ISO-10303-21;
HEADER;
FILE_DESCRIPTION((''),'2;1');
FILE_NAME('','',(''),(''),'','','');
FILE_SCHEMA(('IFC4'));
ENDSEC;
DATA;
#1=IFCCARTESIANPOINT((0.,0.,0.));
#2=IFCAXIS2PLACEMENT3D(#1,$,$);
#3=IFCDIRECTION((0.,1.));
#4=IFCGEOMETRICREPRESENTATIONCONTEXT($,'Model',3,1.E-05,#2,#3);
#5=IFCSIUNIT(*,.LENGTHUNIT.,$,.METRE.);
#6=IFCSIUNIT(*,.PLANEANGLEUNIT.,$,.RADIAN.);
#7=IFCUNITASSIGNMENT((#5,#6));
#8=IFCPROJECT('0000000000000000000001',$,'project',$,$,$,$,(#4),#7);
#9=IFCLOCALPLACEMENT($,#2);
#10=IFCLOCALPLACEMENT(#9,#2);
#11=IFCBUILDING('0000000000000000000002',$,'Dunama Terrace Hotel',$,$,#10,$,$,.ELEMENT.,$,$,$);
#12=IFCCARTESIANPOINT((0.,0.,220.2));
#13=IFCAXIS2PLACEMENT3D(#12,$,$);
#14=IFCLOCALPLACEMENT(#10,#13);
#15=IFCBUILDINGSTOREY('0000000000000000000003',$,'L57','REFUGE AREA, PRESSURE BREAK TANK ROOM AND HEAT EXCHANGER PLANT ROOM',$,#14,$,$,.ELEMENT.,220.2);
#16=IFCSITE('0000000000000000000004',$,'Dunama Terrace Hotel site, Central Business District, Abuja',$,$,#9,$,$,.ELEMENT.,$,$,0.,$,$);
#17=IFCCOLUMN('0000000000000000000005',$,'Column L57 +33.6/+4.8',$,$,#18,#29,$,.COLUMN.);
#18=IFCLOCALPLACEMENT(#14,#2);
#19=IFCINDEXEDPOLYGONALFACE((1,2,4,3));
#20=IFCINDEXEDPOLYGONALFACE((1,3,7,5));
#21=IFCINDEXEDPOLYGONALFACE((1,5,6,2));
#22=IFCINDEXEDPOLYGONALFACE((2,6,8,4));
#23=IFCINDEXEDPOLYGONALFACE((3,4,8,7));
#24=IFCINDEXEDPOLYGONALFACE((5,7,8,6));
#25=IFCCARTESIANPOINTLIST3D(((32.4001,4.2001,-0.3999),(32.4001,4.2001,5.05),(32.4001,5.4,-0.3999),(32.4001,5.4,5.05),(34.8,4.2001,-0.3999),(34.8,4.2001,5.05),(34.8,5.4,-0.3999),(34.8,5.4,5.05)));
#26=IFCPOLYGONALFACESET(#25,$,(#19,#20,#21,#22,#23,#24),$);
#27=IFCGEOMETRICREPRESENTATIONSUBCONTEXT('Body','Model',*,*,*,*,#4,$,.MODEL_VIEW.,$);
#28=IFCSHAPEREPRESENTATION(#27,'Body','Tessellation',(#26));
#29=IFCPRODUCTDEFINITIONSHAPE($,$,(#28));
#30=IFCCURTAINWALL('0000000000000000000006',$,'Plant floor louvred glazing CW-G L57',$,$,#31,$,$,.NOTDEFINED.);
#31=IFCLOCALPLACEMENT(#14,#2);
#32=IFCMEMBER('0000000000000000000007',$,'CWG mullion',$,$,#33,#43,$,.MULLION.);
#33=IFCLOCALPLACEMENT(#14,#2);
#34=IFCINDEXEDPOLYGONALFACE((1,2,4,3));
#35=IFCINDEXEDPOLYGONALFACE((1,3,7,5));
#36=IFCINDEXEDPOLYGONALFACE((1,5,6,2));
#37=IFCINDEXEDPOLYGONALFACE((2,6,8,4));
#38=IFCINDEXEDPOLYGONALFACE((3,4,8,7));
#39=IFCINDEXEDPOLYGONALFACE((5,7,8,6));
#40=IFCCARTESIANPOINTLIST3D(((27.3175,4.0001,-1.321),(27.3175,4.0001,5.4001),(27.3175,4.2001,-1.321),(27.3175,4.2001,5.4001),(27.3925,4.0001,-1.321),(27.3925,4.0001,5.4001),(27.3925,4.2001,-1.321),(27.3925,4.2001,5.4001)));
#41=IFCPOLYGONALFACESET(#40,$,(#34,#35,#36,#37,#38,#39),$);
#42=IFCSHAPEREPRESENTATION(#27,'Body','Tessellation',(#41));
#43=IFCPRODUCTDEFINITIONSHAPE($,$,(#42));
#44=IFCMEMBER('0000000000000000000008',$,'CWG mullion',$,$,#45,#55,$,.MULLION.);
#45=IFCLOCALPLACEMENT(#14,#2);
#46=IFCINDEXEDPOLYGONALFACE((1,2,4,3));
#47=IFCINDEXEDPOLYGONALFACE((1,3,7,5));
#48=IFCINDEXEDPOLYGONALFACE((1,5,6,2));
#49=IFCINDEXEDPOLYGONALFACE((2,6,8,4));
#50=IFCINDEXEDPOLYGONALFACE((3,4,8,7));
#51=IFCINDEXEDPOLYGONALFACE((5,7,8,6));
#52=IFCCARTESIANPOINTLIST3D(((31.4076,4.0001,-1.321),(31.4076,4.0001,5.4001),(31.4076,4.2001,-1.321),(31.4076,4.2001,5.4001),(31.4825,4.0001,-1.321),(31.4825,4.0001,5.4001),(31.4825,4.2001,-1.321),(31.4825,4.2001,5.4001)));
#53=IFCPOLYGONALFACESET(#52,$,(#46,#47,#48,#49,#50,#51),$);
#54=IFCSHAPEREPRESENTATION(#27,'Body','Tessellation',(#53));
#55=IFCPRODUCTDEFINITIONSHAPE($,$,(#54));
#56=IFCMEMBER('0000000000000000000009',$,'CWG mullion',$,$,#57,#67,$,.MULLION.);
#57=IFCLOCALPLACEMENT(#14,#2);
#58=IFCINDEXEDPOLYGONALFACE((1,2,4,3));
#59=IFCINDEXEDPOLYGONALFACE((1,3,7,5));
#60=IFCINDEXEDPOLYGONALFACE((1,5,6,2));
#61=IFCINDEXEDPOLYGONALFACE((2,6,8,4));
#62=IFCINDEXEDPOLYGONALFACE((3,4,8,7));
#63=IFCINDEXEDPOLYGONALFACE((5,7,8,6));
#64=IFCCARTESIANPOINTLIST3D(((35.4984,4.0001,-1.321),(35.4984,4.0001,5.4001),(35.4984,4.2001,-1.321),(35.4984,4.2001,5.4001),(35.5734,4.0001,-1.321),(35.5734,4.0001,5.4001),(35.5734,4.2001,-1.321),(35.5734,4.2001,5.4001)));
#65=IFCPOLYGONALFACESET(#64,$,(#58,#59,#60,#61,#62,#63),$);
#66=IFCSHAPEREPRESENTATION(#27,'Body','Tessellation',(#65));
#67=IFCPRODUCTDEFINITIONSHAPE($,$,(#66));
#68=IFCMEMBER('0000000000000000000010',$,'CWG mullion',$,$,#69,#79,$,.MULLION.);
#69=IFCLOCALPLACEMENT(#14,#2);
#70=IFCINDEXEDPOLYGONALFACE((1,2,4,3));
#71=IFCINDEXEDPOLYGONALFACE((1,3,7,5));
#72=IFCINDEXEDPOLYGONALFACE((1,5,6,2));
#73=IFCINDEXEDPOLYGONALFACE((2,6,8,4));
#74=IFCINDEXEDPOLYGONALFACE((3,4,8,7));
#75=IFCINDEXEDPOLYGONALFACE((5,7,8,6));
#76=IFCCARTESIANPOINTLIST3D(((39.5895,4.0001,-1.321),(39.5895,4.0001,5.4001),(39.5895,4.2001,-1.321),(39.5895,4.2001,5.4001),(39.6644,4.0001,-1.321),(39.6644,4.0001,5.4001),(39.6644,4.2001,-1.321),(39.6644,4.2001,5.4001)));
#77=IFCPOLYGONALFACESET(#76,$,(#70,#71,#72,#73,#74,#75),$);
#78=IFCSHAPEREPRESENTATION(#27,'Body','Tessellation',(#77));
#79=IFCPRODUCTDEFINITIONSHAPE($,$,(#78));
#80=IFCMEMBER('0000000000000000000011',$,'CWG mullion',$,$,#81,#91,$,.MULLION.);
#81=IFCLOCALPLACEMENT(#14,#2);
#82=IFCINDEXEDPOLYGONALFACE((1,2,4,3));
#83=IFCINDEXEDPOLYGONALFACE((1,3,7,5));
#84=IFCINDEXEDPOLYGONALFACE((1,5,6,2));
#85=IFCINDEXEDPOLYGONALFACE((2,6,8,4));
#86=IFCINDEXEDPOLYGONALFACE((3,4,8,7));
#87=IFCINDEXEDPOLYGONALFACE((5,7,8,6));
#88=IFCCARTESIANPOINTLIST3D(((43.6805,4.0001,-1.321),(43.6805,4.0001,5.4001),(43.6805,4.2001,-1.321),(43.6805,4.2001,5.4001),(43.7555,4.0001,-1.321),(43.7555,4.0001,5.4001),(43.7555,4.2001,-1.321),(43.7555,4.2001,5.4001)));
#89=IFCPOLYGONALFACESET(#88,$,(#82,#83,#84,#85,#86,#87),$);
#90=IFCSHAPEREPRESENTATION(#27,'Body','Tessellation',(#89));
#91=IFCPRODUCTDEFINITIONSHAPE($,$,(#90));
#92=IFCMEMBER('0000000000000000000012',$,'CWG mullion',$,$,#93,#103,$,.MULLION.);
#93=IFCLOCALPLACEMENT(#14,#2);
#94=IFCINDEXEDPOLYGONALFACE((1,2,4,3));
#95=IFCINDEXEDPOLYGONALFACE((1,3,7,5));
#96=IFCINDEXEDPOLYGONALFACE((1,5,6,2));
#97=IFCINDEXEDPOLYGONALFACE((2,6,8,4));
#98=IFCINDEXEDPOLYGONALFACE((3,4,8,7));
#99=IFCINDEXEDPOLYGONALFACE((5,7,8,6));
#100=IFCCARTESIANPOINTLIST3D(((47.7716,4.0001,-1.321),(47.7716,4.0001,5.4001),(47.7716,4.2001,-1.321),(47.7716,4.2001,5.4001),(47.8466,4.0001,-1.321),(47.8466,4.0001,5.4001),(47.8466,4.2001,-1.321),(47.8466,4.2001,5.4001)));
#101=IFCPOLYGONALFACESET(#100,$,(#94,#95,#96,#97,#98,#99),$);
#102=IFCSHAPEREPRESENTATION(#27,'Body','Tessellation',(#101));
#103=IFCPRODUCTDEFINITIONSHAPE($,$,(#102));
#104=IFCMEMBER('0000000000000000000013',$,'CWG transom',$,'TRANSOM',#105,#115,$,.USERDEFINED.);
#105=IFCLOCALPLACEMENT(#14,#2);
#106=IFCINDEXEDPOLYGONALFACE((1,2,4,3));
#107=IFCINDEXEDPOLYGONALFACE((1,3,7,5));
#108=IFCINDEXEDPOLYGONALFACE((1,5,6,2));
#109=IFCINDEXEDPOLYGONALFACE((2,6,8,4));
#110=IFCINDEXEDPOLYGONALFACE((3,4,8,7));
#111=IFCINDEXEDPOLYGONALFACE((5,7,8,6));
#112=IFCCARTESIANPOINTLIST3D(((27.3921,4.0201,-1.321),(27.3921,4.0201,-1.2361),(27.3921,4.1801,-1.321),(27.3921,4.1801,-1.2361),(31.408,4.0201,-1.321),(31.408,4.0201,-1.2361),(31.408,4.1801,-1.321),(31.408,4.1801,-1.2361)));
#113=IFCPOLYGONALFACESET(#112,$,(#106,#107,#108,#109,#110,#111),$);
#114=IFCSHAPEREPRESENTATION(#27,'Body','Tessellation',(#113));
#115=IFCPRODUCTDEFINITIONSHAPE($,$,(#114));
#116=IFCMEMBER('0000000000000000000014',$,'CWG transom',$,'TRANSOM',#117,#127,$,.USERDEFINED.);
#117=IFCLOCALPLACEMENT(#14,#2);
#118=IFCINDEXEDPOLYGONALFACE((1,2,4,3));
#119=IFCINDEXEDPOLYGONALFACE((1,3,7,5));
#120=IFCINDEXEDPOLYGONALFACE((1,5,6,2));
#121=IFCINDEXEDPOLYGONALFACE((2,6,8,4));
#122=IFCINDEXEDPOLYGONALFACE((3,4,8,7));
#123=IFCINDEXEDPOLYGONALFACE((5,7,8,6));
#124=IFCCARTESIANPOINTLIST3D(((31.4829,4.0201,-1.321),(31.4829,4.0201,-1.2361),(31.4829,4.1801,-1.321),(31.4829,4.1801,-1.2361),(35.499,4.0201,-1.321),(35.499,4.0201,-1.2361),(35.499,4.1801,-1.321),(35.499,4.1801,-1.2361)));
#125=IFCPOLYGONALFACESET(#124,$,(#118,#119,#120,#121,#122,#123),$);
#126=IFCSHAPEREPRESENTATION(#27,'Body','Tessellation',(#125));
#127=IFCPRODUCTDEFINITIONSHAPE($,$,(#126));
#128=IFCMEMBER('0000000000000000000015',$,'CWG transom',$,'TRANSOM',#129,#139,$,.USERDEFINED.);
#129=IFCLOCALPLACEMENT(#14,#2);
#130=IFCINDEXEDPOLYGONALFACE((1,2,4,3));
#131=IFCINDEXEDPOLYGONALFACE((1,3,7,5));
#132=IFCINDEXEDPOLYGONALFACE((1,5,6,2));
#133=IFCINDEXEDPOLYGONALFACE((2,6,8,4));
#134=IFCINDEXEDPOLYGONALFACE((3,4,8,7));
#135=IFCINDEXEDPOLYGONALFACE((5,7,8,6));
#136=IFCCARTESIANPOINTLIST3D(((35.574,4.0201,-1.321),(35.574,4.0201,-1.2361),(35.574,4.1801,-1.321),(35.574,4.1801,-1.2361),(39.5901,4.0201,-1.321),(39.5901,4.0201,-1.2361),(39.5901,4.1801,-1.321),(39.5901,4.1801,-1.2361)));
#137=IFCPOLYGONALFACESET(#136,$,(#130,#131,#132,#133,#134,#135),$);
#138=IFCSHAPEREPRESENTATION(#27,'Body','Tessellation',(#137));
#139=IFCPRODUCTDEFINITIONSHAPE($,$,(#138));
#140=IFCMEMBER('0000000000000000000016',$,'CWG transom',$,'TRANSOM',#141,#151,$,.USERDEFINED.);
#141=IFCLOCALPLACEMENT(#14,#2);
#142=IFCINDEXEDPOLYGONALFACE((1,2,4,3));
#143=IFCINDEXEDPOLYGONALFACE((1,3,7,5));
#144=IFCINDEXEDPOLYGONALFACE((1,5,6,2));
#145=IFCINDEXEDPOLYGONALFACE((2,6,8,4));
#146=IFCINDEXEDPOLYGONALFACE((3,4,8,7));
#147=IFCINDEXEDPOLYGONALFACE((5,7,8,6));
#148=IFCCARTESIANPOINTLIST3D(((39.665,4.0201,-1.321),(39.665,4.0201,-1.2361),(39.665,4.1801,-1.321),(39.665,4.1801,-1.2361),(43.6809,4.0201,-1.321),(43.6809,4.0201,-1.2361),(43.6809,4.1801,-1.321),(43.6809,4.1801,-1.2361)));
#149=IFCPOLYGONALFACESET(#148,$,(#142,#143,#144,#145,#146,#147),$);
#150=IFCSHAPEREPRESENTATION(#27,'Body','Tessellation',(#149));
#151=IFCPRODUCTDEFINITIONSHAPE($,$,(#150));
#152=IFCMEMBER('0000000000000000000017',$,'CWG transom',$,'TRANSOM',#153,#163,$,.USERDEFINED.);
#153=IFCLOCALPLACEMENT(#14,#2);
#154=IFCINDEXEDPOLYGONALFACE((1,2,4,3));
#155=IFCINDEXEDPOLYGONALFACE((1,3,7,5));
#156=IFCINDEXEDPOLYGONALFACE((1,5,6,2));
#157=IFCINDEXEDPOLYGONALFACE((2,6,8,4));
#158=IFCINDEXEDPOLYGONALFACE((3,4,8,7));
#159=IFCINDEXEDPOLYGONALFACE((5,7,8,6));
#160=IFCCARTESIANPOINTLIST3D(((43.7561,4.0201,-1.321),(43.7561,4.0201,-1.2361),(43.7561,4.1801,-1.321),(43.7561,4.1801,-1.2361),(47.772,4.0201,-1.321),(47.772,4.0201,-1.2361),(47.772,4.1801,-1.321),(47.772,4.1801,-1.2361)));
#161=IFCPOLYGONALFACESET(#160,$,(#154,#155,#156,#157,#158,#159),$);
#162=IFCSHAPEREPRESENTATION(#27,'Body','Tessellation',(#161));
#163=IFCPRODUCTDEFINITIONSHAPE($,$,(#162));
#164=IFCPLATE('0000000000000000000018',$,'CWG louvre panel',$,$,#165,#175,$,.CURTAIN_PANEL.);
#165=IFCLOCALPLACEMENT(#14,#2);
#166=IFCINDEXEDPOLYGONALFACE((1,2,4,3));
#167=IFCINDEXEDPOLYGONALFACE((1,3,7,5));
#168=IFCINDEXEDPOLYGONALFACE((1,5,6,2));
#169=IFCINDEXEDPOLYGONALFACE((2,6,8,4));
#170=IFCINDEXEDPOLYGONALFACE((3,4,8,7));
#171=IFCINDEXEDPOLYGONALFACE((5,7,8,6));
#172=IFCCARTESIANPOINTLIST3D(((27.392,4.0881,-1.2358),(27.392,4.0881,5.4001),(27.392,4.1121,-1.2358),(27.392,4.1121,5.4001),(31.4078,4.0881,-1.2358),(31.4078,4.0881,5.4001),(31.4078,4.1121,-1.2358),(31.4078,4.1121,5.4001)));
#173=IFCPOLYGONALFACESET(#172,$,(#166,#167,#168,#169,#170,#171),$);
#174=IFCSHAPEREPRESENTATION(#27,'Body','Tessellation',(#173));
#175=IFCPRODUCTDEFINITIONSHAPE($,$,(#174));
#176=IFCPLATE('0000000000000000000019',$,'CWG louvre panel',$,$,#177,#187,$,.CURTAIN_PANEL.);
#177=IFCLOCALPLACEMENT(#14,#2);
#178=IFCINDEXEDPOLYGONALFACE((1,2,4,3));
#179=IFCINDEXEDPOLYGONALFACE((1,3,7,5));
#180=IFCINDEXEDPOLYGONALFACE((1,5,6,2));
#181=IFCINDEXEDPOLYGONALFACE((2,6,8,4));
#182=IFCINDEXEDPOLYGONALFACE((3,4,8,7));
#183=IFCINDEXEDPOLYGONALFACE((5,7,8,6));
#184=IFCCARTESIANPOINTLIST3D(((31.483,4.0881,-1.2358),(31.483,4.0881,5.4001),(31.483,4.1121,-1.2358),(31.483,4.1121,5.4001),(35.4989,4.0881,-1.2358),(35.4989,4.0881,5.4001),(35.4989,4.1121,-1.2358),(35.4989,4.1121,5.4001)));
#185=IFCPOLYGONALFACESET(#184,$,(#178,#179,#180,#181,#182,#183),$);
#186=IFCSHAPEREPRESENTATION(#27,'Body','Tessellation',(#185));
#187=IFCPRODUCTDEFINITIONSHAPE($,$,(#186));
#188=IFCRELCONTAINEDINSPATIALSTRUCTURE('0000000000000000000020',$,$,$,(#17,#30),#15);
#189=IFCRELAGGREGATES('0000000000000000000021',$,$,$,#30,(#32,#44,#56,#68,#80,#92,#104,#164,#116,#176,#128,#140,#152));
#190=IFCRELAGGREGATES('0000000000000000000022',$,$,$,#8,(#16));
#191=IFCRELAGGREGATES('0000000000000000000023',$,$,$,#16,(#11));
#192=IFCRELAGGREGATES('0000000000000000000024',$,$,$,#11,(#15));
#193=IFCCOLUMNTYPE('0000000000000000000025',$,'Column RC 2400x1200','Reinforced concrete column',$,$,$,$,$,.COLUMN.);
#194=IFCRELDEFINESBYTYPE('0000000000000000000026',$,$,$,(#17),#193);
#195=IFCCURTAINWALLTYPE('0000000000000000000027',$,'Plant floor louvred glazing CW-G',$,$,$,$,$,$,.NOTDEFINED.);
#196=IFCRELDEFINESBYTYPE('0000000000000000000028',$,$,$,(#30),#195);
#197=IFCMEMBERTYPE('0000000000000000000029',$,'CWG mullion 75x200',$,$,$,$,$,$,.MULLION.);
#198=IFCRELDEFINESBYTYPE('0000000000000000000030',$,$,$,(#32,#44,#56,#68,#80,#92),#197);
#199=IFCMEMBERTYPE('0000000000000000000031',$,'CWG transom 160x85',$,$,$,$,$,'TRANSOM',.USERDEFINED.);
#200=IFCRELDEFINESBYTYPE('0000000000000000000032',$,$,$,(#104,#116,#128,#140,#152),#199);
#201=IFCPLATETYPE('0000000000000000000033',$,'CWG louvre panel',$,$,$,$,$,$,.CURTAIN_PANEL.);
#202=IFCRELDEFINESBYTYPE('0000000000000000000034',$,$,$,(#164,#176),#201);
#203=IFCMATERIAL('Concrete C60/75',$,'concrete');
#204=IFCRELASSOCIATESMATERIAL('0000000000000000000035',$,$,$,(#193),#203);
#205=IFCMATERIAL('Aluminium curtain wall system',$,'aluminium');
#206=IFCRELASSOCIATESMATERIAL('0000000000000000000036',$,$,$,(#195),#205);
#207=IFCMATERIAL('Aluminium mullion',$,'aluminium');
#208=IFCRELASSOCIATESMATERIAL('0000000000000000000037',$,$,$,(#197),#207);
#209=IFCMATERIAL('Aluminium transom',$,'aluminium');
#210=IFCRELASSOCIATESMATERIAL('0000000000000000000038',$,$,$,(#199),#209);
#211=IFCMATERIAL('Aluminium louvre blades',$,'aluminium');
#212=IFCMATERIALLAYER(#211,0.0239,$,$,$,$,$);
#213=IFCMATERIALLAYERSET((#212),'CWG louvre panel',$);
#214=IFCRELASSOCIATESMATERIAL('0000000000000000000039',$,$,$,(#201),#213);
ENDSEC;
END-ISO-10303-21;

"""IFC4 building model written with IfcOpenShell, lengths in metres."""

from ifc_helpers import new_model, si_unit, direction, frame, origin, origin_2d, place, context, subcontext, project, spatial, rectangle, extrude, material, layer, layer_set, material_profile, profile_set, type_object, element, aggregate, save


model = new_model("IFC4")

# Units and contexts
model_context = context("Model", 3, precision=1e-05, world=origin(), true_north=direction((0.0, 1.0)))
body_context = subcontext(model_context, "Body", "Model", "MODEL_VIEW")
ifc_project = project(units=[si_unit("LENGTHUNIT", "METRE"), si_unit("PLANEANGLEUNIT", "RADIAN")], contexts=[model_context])

# Site, building, storey
site_placement = place(None, origin())
site = spatial("IfcSite", under=ifc_project, at=site_placement, Name="Dunama Terrace Hotel site, Central Business District, Abuja", CompositionType="ELEMENT", RefElevation=0.0)
building_placement = place(site_placement, origin())
building = spatial("IfcBuilding", under=site, at=building_placement, Name="Dunama Terrace Hotel", CompositionType="ELEMENT")
storey_placement = place(building_placement, frame((0.0, 0.0, 220.2)))
storey = spatial("IfcBuildingStorey", under=building, at=storey_placement, Name="L57", Description="REFUGE AREA, PRESSURE BREAK TANK ROOM AND HEAT EXCHANGER PLANT ROOM", CompositionType="ELEMENT", Elevation=220.2)

# Column
ifc_material_1 = material(Name="Concrete C60/75", Category="concrete")
ifc_material_profile_1 = material_profile(ifc_material_1, rectangle(XDim=2.3999, YDim=1.2, at=origin_2d()), Name="RC 2400x1200")
ifc_profile_set_1 = profile_set([ifc_material_profile_1], Name="Concrete C60/75")
column_type = type_object("IfcColumnType", Name="Column RC 2400x1200", Description="Reinforced concrete column", PredefinedType="COLUMN", material=ifc_profile_set_1)
column_placement = place(storey_placement, frame((33.6001, 4.8, -0.3999), z_axis=(0.0, 0.0, 1.0), x_axis=(1.0, 0.0, 0.0)))
element("IfcColumn", 1, at=column_placement, inside=storey, type_object=column_type, Name="Column L57 +33.6/+4.8", PredefinedType="COLUMN", context=body_context, shape_type="SweptSolid", body=[
    extrude(rectangle(XDim=2.3999, YDim=1.2, at=origin_2d()), origin(), (0.0, 0.0, 1.0), 5.45),
])

# Curtain wall, members, plates
ifc_material_2 = material(Name="Aluminium curtain wall system", Category="aluminium")
curtain_wall_type = type_object("IfcCurtainWallType", Name="Plant floor louvred glazing CW-G", PredefinedType="NOTDEFINED", material=ifc_material_2)
curtain_wall_placement = place(storey_placement, origin())
curtain_wall = element("IfcCurtainWall", 2, at=curtain_wall_placement, inside=storey, type_object=curtain_wall_type, Name="Plant floor louvred glazing CW-G L57", PredefinedType="NOTDEFINED")
ifc_material_3 = material(Name="Aluminium mullion", Category="aluminium")
ifc_material_profile_2 = material_profile(ifc_material_3, rectangle(XDim=0.075, YDim=0.2, at=origin_2d()), Name="CWG MULLION 75X200")
ifc_profile_set_2 = profile_set([ifc_material_profile_2], Name="Aluminium mullion")
member_type_1 = type_object("IfcMemberType", Name="CWG mullion 75x200", PredefinedType="MULLION", material=ifc_profile_set_2)
member_1_placement = place(storey_placement, frame((27.355, 4.1001, -1.321), z_axis=(0.0, 0.0, 1.0), x_axis=(1.0, 0.0, 0.0)))
member_1 = element("IfcMember", 3, at=member_1_placement, type_object=member_type_1, Name="CWG mullion", PredefinedType="MULLION", context=body_context, shape_type="SweptSolid", body=[
    extrude(rectangle(XDim=0.075, YDim=0.2, at=origin_2d()), origin(), (0.0, 0.0, 1.0), 6.7212),
])
member_2_placement = place(storey_placement, frame((31.4451, 4.1001, -1.321), z_axis=(0.0, 0.0, 1.0), x_axis=(1.0, 0.0, 0.0)))
member_2 = element("IfcMember", 4, at=member_2_placement, type_object=member_type_1, Name="CWG mullion", PredefinedType="MULLION", context=body_context, shape_type="SweptSolid", body=[
    extrude(rectangle(XDim=0.075, YDim=0.2, at=origin_2d()), origin(), (0.0, 0.0, 1.0), 6.7212),
])
member_3_placement = place(storey_placement, frame((35.5359, 4.1001, -1.321), z_axis=(0.0, 0.0, 1.0), x_axis=(1.0, 0.0, 0.0)))
member_3 = element("IfcMember", 5, at=member_3_placement, type_object=member_type_1, Name="CWG mullion", PredefinedType="MULLION", context=body_context, shape_type="SweptSolid", body=[
    extrude(rectangle(XDim=0.075, YDim=0.2, at=origin_2d()), origin(), (0.0, 0.0, 1.0), 6.7212),
])
member_4_placement = place(storey_placement, frame((39.627, 4.1001, -1.321), z_axis=(0.0, 0.0, 1.0), x_axis=(1.0, 0.0, 0.0)))
member_4 = element("IfcMember", 6, at=member_4_placement, type_object=member_type_1, Name="CWG mullion", PredefinedType="MULLION", context=body_context, shape_type="SweptSolid", body=[
    extrude(rectangle(XDim=0.075, YDim=0.2, at=origin_2d()), origin(), (0.0, 0.0, 1.0), 6.7212),
])
member_5_placement = place(storey_placement, frame((43.718, 4.1001, -1.321), z_axis=(0.0, 0.0, 1.0), x_axis=(1.0, 0.0, 0.0)))
member_5 = element("IfcMember", 7, at=member_5_placement, type_object=member_type_1, Name="CWG mullion", PredefinedType="MULLION", context=body_context, shape_type="SweptSolid", body=[
    extrude(rectangle(XDim=0.075, YDim=0.2, at=origin_2d()), origin(), (0.0, 0.0, 1.0), 6.7212),
])
member_6_placement = place(storey_placement, frame((47.8091, 4.1001, -1.321), z_axis=(0.0, 0.0, 1.0), x_axis=(1.0, 0.0, 0.0)))
member_6 = element("IfcMember", 8, at=member_6_placement, type_object=member_type_1, Name="CWG mullion", PredefinedType="MULLION", context=body_context, shape_type="SweptSolid", body=[
    extrude(rectangle(XDim=0.075, YDim=0.2, at=origin_2d()), origin(), (0.0, 0.0, 1.0), 6.7212),
])
ifc_material_4 = material(Name="Aluminium transom", Category="aluminium")
ifc_material_profile_3 = material_profile(ifc_material_4, rectangle(XDim=0.1599, YDim=0.085, at=origin_2d()), Name="CWG TRANSOM 160X85")
ifc_profile_set_3 = profile_set([ifc_material_profile_3], Name="Aluminium transom")
member_type_2 = type_object("IfcMemberType", Name="CWG transom 160x85", ElementType="TRANSOM", PredefinedType="USERDEFINED", material=ifc_profile_set_3)
member_7_placement = place(storey_placement, frame((27.3921, 4.1001, -1.2786), z_axis=(1.0, 0.0, 0.0), x_axis=(0.0, 1.0, 0.0)))
member_7 = element("IfcMember", 9, at=member_7_placement, type_object=member_type_2, Name="CWG transom", ObjectType="TRANSOM", PredefinedType="USERDEFINED", context=body_context, shape_type="SweptSolid", body=[
    extrude(rectangle(XDim=0.1599, YDim=0.085, at=origin_2d()), origin(), (0.0, 0.0, 1.0), 4.0159),
])
member_8_placement = place(storey_placement, frame((31.4829, 4.1001, -1.2786), z_axis=(1.0, 0.0, 0.0), x_axis=(0.0, 1.0, 0.0)))
member_8 = element("IfcMember", 10, at=member_8_placement, type_object=member_type_2, Name="CWG transom", ObjectType="TRANSOM", PredefinedType="USERDEFINED", context=body_context, shape_type="SweptSolid", body=[
    extrude(rectangle(XDim=0.1599, YDim=0.085, at=origin_2d()), origin(), (0.0, 0.0, 1.0), 4.0161),
])
member_9_placement = place(storey_placement, frame((35.574, 4.1001, -1.2786), z_axis=(1.0, 0.0, 0.0), x_axis=(0.0, 1.0, 0.0)))
member_9 = element("IfcMember", 11, at=member_9_placement, type_object=member_type_2, Name="CWG transom", ObjectType="TRANSOM", PredefinedType="USERDEFINED", context=body_context, shape_type="SweptSolid", body=[
    extrude(rectangle(XDim=0.1599, YDim=0.085, at=origin_2d()), origin(), (0.0, 0.0, 1.0), 4.0161),
])
member_10_placement = place(storey_placement, frame((39.665, 4.1001, -1.2786), z_axis=(1.0, 0.0, 0.0), x_axis=(0.0, 1.0, 0.0)))
member_10 = element("IfcMember", 12, at=member_10_placement, type_object=member_type_2, Name="CWG transom", ObjectType="TRANSOM", PredefinedType="USERDEFINED", context=body_context, shape_type="SweptSolid", body=[
    extrude(rectangle(XDim=0.1599, YDim=0.085, at=origin_2d()), origin(), (0.0, 0.0, 1.0), 4.0159),
])
member_11_placement = place(storey_placement, frame((43.7561, 4.1001, -1.2786), z_axis=(1.0, 0.0, 0.0), x_axis=(0.0, 1.0, 0.0)))
member_11 = element("IfcMember", 13, at=member_11_placement, type_object=member_type_2, Name="CWG transom", ObjectType="TRANSOM", PredefinedType="USERDEFINED", context=body_context, shape_type="SweptSolid", body=[
    extrude(rectangle(XDim=0.1599, YDim=0.085, at=origin_2d()), origin(), (0.0, 0.0, 1.0), 4.0159),
])
ifc_material_5 = material(Name="Aluminium louvre blades", Category="aluminium")
ifc_layer_1 = layer(ifc_material_5, 0.0239)
ifc_layer_set_1 = layer_set([ifc_layer_1], Name="CWG louvre panel")
plate_type = type_object("IfcPlateType", Name="CWG louvre panel", PredefinedType="CURTAIN_PANEL", material=ifc_layer_set_1)
plate_1_placement = place(storey_placement, frame((29.3999, 4.1001, -1.2358), z_axis=(0.0, 0.0, 1.0), x_axis=(1.0, 0.0, 0.0)))
plate_1 = element("IfcPlate", 14, at=plate_1_placement, type_object=plate_type, Name="CWG louvre panel", PredefinedType="CURTAIN_PANEL", context=body_context, shape_type="SweptSolid", body=[
    extrude(rectangle(XDim=4.0159, YDim=0.0239, at=origin_2d()), origin(), (0.0, 0.0, 1.0), 6.636),
])
plate_2_placement = place(storey_placement, frame((33.491, 4.1001, -1.2358), z_axis=(0.0, 0.0, 1.0), x_axis=(1.0, 0.0, 0.0)))
plate_2 = element("IfcPlate", 15, at=plate_2_placement, type_object=plate_type, Name="CWG louvre panel", PredefinedType="CURTAIN_PANEL", context=body_context, shape_type="SweptSolid", body=[
    extrude(rectangle(XDim=4.0159, YDim=0.0239, at=origin_2d()), origin(), (0.0, 0.0, 1.0), 6.636),
])
aggregate(curtain_wall, [member_1, member_2, member_3, member_4, member_5, member_6, member_7, plate_1, member_8, plate_2, member_9, member_10, member_11])

save(model, "model.ifc")
